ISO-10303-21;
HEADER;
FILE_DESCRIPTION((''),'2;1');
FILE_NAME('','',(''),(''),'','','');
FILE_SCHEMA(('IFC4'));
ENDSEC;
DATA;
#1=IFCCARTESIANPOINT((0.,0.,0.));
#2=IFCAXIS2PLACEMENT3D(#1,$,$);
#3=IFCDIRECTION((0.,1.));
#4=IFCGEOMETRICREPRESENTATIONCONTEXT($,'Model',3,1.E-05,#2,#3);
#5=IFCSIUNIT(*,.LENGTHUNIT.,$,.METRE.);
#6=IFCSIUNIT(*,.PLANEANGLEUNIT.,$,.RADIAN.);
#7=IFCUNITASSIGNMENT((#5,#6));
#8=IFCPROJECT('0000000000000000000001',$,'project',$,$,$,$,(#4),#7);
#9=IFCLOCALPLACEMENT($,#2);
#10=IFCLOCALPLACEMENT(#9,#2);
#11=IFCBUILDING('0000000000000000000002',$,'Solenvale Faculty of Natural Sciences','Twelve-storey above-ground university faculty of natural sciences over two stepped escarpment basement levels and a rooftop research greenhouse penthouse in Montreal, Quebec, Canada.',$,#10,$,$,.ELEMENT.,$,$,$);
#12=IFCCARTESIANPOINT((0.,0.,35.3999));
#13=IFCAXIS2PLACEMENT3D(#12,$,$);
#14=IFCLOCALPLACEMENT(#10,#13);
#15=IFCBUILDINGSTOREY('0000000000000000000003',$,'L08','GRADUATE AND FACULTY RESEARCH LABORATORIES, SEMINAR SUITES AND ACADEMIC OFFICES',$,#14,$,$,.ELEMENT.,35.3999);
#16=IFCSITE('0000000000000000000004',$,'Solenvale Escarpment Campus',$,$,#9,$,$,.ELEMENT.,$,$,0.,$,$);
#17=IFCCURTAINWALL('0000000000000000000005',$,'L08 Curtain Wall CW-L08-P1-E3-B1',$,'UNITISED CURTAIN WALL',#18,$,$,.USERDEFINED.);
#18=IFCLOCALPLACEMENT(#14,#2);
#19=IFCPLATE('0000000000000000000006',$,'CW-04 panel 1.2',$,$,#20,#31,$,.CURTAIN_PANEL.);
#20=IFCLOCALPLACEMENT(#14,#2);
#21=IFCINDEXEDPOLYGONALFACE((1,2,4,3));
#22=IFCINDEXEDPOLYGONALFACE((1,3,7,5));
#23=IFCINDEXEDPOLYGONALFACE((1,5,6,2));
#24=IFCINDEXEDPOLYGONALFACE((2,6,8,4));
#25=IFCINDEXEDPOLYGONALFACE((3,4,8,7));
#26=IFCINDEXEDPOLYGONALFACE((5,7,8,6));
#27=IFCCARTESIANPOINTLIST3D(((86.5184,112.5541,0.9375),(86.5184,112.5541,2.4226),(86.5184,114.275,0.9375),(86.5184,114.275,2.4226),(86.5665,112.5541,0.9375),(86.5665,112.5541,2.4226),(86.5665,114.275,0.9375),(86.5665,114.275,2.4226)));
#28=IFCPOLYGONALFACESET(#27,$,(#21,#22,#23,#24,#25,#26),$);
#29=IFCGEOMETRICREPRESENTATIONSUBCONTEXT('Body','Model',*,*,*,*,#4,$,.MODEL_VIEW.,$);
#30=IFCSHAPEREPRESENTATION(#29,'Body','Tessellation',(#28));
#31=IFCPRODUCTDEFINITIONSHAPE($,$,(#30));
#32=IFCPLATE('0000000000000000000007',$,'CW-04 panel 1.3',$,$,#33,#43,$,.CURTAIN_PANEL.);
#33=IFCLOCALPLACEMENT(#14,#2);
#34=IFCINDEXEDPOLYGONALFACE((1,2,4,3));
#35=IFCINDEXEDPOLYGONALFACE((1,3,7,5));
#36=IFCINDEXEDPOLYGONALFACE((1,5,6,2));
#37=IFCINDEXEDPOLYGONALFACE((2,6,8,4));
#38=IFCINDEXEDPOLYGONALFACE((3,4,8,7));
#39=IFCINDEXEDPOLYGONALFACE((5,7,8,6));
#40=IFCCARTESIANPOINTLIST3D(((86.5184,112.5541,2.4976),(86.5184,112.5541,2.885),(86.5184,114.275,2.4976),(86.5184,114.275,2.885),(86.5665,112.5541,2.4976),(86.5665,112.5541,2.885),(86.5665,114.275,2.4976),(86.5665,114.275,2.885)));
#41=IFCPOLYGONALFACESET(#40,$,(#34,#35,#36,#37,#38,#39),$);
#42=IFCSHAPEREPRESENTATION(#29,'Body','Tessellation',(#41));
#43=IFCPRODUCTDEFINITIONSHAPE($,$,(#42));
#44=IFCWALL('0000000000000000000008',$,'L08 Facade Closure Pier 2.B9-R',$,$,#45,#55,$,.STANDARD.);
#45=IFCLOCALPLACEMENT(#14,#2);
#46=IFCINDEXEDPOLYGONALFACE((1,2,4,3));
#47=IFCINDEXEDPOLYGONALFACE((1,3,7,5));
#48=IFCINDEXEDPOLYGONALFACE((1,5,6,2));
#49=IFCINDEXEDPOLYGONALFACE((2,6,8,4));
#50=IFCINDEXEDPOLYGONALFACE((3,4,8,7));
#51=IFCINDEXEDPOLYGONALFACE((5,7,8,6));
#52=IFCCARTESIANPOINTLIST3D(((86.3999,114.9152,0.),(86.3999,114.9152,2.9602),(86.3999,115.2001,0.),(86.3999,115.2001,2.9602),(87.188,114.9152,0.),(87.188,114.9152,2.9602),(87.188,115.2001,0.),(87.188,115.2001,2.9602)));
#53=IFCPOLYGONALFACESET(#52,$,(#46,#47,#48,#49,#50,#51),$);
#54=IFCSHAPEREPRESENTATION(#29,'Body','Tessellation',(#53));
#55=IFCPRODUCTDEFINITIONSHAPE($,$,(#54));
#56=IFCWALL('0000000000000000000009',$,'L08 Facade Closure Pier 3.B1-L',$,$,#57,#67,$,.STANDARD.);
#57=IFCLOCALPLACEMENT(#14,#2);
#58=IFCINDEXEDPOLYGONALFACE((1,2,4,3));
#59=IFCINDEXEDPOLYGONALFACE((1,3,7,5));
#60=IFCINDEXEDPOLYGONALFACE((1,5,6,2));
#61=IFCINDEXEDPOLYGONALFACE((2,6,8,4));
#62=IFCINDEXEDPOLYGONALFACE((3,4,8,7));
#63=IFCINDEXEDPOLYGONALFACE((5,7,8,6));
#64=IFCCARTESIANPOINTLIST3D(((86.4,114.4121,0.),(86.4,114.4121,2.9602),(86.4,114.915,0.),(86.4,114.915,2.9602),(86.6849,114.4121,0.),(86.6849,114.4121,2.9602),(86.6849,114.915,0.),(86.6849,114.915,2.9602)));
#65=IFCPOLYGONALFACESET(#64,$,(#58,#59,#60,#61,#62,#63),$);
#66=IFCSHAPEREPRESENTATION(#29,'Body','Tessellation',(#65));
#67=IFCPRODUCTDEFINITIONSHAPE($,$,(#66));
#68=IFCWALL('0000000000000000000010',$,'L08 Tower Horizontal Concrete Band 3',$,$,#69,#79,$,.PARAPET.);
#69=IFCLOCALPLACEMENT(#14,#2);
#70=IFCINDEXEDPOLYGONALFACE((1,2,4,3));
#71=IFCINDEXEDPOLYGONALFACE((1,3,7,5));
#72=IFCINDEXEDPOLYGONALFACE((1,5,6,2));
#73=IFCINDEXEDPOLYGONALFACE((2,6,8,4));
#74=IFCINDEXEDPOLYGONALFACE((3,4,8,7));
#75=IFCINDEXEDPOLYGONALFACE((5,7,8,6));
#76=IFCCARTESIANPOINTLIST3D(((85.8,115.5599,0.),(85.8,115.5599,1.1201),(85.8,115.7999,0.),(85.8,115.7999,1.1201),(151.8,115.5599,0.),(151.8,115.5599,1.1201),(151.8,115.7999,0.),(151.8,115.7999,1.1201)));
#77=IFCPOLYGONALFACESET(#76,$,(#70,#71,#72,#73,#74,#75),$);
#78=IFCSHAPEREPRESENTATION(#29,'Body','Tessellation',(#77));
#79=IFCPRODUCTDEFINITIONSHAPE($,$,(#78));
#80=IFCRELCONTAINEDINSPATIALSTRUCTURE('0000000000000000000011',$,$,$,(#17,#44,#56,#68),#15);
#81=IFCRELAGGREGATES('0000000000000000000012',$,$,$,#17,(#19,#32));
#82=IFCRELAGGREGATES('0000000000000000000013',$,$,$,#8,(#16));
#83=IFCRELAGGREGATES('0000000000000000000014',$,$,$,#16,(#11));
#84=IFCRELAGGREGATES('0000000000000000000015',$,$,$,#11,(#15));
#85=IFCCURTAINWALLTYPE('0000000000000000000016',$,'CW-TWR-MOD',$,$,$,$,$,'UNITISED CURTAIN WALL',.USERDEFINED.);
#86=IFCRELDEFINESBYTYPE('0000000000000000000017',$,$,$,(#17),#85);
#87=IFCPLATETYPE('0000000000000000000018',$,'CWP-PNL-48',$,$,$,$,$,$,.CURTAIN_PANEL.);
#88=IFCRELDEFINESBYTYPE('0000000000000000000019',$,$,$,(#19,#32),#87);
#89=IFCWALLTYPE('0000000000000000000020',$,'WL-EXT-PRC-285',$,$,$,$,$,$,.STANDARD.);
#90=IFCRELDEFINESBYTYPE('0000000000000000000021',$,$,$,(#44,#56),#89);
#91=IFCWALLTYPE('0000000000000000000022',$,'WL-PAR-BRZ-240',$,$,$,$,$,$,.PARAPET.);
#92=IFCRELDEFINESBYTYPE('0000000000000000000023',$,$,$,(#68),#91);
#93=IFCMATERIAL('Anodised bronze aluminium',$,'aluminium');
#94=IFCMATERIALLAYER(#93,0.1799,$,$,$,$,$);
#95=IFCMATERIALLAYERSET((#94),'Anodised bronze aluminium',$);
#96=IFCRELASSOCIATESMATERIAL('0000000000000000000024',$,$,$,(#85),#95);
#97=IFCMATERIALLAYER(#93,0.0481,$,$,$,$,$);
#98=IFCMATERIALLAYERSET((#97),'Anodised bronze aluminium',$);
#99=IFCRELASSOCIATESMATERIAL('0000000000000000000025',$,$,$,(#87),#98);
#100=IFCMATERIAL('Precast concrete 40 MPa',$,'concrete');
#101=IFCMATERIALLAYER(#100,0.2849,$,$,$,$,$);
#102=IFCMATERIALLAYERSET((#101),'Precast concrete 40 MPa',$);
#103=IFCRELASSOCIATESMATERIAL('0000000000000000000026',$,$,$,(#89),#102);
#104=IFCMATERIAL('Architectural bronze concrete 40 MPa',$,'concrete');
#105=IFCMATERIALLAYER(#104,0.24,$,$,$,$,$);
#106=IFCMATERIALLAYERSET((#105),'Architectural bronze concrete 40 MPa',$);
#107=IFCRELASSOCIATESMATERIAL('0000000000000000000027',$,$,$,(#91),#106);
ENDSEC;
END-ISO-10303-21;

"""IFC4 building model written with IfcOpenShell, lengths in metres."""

from ifc_helpers import new_model, si_unit, direction, frame, frame_2d, origin, origin_2d, place, context, subcontext, project, spatial, rectangle, extrude, material, layer, layer_set, type_object, element, aggregate, save


model = new_model("IFC4")

# Units and contexts
model_context = context("Model", 3, precision=1e-05, world=origin(), true_north=direction((0.0, 1.0)))
body_context = subcontext(model_context, "Body", "Model", "MODEL_VIEW")
ifc_project = project(units=[si_unit("LENGTHUNIT", "METRE"), si_unit("PLANEANGLEUNIT", "RADIAN")], contexts=[model_context])

# Site, building, storey
site_placement = place(None, origin())
site = spatial("IfcSite", under=ifc_project, at=site_placement, Name="Solenvale Escarpment Campus", CompositionType="ELEMENT", RefElevation=0.0)
building_placement = place(site_placement, origin())
building = spatial("IfcBuilding", under=site, at=building_placement, Name="Solenvale Faculty of Natural Sciences", Description="Twelve-storey above-ground university faculty of natural sciences over two stepped escarpment basement levels and a rooftop research greenhouse penthouse in Montreal, Quebec, Canada.", CompositionType="ELEMENT")
storey_placement = place(building_placement, frame((0.0, 0.0, 35.3999)))
storey = spatial("IfcBuildingStorey", under=building, at=storey_placement, Name="L08", Description="GRADUATE AND FACULTY RESEARCH LABORATORIES, SEMINAR SUITES AND ACADEMIC OFFICES", CompositionType="ELEMENT", Elevation=35.3999)

# Shared definitions
ifc_material_1 = material(Name="Precast concrete 40 MPa", Category="concrete")

# Shared definitions
ifc_material_2 = material(Name="Anodised bronze aluminium", Category="aluminium")
ifc_layer_1 = layer(ifc_material_2, 0.1799)
ifc_layer_set_1 = layer_set([ifc_layer_1], Name="Anodised bronze aluminium")
curtain_wall_type = type_object("IfcCurtainWallType", Name="CW-TWR-MOD", ElementType="UNITISED CURTAIN WALL", PredefinedType="USERDEFINED", material=ifc_layer_set_1)

# Curtain wall
curtain_wall_1_placement = place(storey_placement, origin())
curtain_wall_1 = element("IfcCurtainWall", 1, at=curtain_wall_1_placement, inside=storey, type_object=curtain_wall_type, Name="L08 Curtain Wall CW-L08-P1-E3-B1", ObjectType="UNITISED CURTAIN WALL", PredefinedType="USERDEFINED")

# Plates
ifc_layer_2 = layer(ifc_material_2, 0.0481)
ifc_layer_set_2 = layer_set([ifc_layer_2], Name="Anodised bronze aluminium")
plate_type_1 = type_object("IfcPlateType", Name="CWP-PNL-48", PredefinedType="CURTAIN_PANEL", material=ifc_layer_set_2)
plate_1_placement = place(storey_placement, frame((86.5425, 113.4146, 0.9375), z_axis=(0.0, 0.0, 1.0), x_axis=(0.0, -1.0, 0.0)))
plate_1 = element("IfcPlate", 2, at=plate_1_placement, type_object=plate_type_1, Name="CW-04 panel 1.2", PredefinedType="CURTAIN_PANEL", context=body_context, shape_type="SweptSolid", body=[
    extrude(rectangle(XDim=1.7209, YDim=0.0481, at=origin_2d()), origin(), (0.0, 0.0, 1.0), 1.4851),
])
plate_2_placement = place(storey_placement, frame((86.5425, 113.4146, 2.4976), z_axis=(0.0, 0.0, 1.0), x_axis=(0.0, -1.0, 0.0)))
plate_2 = element("IfcPlate", 3, at=plate_2_placement, type_object=plate_type_1, Name="CW-04 panel 1.3", PredefinedType="CURTAIN_PANEL", context=body_context, shape_type="SweptSolid", body=[
    extrude(rectangle(XDim=1.7209, YDim=0.0481, at=origin_2d()), origin(), (0.0, 0.0, 1.0), 0.3875),
])
aggregate(curtain_wall_1, [plate_1, plate_2])

# Walls
ifc_layer_3 = layer(ifc_material_1, 0.2849)
ifc_layer_set_3 = layer_set([ifc_layer_3], Name="Precast concrete 40 MPa")
wall_type_1 = type_object("IfcWallType", Name="WL-EXT-PRC-285", PredefinedType="STANDARD", material=ifc_layer_set_3)
wall_1_placement = place(storey_placement, frame((87.188, 115.0576, 0.0), z_axis=(0.0, 0.0, 1.0), x_axis=(-1.0, 0.0, 0.0)))
element("IfcWall", 4, at=wall_1_placement, inside=storey, type_object=wall_type_1, Name="L08 Facade Closure Pier 2.B9-R", PredefinedType="STANDARD", context=body_context, shape_type="SweptSolid", body=[
    extrude(rectangle(XDim=0.7881, YDim=0.2849, at=frame_2d((0.394, 0.0))), origin(), (0.0, 0.0, 1.0), 2.9602),
])
wall_2_placement = place(storey_placement, frame((86.5425, 114.915, 0.0), z_axis=(0.0, 0.0, 1.0), x_axis=(0.0, -1.0, 0.0)))
element("IfcWall", 5, at=wall_2_placement, inside=storey, type_object=wall_type_1, Name="L08 Facade Closure Pier 3.B1-L", PredefinedType="STANDARD", context=body_context, shape_type="SweptSolid", body=[
    extrude(rectangle(XDim=0.5029, YDim=0.2849, at=frame_2d((0.2515, 0.0))), origin(), (0.0, 0.0, 1.0), 2.9602),
])
ifc_material_3 = material(Name="Architectural bronze concrete 40 MPa", Category="concrete")
ifc_layer_4 = layer(ifc_material_3, 0.24)
ifc_layer_set_4 = layer_set([ifc_layer_4], Name="Architectural bronze concrete 40 MPa")
wall_type_2 = type_object("IfcWallType", Name="WL-PAR-BRZ-240", PredefinedType="PARAPET", material=ifc_layer_set_4)
wall_3_placement = place(storey_placement, frame((85.8, 115.6799, 0.0), z_axis=(0.0, 0.0, 1.0), x_axis=(1.0, 0.0, 0.0)))
element("IfcWall", 6, at=wall_3_placement, inside=storey, type_object=wall_type_2, Name="L08 Tower Horizontal Concrete Band 3", PredefinedType="PARAPET", context=body_context, shape_type="SweptSolid", body=[
    extrude(rectangle(XDim=66.0, YDim=0.24, at=frame_2d((33.0, 0.0))), origin(), (0.0, 0.0, 1.0), 1.1201),
])

save(model, "model.ifc")
